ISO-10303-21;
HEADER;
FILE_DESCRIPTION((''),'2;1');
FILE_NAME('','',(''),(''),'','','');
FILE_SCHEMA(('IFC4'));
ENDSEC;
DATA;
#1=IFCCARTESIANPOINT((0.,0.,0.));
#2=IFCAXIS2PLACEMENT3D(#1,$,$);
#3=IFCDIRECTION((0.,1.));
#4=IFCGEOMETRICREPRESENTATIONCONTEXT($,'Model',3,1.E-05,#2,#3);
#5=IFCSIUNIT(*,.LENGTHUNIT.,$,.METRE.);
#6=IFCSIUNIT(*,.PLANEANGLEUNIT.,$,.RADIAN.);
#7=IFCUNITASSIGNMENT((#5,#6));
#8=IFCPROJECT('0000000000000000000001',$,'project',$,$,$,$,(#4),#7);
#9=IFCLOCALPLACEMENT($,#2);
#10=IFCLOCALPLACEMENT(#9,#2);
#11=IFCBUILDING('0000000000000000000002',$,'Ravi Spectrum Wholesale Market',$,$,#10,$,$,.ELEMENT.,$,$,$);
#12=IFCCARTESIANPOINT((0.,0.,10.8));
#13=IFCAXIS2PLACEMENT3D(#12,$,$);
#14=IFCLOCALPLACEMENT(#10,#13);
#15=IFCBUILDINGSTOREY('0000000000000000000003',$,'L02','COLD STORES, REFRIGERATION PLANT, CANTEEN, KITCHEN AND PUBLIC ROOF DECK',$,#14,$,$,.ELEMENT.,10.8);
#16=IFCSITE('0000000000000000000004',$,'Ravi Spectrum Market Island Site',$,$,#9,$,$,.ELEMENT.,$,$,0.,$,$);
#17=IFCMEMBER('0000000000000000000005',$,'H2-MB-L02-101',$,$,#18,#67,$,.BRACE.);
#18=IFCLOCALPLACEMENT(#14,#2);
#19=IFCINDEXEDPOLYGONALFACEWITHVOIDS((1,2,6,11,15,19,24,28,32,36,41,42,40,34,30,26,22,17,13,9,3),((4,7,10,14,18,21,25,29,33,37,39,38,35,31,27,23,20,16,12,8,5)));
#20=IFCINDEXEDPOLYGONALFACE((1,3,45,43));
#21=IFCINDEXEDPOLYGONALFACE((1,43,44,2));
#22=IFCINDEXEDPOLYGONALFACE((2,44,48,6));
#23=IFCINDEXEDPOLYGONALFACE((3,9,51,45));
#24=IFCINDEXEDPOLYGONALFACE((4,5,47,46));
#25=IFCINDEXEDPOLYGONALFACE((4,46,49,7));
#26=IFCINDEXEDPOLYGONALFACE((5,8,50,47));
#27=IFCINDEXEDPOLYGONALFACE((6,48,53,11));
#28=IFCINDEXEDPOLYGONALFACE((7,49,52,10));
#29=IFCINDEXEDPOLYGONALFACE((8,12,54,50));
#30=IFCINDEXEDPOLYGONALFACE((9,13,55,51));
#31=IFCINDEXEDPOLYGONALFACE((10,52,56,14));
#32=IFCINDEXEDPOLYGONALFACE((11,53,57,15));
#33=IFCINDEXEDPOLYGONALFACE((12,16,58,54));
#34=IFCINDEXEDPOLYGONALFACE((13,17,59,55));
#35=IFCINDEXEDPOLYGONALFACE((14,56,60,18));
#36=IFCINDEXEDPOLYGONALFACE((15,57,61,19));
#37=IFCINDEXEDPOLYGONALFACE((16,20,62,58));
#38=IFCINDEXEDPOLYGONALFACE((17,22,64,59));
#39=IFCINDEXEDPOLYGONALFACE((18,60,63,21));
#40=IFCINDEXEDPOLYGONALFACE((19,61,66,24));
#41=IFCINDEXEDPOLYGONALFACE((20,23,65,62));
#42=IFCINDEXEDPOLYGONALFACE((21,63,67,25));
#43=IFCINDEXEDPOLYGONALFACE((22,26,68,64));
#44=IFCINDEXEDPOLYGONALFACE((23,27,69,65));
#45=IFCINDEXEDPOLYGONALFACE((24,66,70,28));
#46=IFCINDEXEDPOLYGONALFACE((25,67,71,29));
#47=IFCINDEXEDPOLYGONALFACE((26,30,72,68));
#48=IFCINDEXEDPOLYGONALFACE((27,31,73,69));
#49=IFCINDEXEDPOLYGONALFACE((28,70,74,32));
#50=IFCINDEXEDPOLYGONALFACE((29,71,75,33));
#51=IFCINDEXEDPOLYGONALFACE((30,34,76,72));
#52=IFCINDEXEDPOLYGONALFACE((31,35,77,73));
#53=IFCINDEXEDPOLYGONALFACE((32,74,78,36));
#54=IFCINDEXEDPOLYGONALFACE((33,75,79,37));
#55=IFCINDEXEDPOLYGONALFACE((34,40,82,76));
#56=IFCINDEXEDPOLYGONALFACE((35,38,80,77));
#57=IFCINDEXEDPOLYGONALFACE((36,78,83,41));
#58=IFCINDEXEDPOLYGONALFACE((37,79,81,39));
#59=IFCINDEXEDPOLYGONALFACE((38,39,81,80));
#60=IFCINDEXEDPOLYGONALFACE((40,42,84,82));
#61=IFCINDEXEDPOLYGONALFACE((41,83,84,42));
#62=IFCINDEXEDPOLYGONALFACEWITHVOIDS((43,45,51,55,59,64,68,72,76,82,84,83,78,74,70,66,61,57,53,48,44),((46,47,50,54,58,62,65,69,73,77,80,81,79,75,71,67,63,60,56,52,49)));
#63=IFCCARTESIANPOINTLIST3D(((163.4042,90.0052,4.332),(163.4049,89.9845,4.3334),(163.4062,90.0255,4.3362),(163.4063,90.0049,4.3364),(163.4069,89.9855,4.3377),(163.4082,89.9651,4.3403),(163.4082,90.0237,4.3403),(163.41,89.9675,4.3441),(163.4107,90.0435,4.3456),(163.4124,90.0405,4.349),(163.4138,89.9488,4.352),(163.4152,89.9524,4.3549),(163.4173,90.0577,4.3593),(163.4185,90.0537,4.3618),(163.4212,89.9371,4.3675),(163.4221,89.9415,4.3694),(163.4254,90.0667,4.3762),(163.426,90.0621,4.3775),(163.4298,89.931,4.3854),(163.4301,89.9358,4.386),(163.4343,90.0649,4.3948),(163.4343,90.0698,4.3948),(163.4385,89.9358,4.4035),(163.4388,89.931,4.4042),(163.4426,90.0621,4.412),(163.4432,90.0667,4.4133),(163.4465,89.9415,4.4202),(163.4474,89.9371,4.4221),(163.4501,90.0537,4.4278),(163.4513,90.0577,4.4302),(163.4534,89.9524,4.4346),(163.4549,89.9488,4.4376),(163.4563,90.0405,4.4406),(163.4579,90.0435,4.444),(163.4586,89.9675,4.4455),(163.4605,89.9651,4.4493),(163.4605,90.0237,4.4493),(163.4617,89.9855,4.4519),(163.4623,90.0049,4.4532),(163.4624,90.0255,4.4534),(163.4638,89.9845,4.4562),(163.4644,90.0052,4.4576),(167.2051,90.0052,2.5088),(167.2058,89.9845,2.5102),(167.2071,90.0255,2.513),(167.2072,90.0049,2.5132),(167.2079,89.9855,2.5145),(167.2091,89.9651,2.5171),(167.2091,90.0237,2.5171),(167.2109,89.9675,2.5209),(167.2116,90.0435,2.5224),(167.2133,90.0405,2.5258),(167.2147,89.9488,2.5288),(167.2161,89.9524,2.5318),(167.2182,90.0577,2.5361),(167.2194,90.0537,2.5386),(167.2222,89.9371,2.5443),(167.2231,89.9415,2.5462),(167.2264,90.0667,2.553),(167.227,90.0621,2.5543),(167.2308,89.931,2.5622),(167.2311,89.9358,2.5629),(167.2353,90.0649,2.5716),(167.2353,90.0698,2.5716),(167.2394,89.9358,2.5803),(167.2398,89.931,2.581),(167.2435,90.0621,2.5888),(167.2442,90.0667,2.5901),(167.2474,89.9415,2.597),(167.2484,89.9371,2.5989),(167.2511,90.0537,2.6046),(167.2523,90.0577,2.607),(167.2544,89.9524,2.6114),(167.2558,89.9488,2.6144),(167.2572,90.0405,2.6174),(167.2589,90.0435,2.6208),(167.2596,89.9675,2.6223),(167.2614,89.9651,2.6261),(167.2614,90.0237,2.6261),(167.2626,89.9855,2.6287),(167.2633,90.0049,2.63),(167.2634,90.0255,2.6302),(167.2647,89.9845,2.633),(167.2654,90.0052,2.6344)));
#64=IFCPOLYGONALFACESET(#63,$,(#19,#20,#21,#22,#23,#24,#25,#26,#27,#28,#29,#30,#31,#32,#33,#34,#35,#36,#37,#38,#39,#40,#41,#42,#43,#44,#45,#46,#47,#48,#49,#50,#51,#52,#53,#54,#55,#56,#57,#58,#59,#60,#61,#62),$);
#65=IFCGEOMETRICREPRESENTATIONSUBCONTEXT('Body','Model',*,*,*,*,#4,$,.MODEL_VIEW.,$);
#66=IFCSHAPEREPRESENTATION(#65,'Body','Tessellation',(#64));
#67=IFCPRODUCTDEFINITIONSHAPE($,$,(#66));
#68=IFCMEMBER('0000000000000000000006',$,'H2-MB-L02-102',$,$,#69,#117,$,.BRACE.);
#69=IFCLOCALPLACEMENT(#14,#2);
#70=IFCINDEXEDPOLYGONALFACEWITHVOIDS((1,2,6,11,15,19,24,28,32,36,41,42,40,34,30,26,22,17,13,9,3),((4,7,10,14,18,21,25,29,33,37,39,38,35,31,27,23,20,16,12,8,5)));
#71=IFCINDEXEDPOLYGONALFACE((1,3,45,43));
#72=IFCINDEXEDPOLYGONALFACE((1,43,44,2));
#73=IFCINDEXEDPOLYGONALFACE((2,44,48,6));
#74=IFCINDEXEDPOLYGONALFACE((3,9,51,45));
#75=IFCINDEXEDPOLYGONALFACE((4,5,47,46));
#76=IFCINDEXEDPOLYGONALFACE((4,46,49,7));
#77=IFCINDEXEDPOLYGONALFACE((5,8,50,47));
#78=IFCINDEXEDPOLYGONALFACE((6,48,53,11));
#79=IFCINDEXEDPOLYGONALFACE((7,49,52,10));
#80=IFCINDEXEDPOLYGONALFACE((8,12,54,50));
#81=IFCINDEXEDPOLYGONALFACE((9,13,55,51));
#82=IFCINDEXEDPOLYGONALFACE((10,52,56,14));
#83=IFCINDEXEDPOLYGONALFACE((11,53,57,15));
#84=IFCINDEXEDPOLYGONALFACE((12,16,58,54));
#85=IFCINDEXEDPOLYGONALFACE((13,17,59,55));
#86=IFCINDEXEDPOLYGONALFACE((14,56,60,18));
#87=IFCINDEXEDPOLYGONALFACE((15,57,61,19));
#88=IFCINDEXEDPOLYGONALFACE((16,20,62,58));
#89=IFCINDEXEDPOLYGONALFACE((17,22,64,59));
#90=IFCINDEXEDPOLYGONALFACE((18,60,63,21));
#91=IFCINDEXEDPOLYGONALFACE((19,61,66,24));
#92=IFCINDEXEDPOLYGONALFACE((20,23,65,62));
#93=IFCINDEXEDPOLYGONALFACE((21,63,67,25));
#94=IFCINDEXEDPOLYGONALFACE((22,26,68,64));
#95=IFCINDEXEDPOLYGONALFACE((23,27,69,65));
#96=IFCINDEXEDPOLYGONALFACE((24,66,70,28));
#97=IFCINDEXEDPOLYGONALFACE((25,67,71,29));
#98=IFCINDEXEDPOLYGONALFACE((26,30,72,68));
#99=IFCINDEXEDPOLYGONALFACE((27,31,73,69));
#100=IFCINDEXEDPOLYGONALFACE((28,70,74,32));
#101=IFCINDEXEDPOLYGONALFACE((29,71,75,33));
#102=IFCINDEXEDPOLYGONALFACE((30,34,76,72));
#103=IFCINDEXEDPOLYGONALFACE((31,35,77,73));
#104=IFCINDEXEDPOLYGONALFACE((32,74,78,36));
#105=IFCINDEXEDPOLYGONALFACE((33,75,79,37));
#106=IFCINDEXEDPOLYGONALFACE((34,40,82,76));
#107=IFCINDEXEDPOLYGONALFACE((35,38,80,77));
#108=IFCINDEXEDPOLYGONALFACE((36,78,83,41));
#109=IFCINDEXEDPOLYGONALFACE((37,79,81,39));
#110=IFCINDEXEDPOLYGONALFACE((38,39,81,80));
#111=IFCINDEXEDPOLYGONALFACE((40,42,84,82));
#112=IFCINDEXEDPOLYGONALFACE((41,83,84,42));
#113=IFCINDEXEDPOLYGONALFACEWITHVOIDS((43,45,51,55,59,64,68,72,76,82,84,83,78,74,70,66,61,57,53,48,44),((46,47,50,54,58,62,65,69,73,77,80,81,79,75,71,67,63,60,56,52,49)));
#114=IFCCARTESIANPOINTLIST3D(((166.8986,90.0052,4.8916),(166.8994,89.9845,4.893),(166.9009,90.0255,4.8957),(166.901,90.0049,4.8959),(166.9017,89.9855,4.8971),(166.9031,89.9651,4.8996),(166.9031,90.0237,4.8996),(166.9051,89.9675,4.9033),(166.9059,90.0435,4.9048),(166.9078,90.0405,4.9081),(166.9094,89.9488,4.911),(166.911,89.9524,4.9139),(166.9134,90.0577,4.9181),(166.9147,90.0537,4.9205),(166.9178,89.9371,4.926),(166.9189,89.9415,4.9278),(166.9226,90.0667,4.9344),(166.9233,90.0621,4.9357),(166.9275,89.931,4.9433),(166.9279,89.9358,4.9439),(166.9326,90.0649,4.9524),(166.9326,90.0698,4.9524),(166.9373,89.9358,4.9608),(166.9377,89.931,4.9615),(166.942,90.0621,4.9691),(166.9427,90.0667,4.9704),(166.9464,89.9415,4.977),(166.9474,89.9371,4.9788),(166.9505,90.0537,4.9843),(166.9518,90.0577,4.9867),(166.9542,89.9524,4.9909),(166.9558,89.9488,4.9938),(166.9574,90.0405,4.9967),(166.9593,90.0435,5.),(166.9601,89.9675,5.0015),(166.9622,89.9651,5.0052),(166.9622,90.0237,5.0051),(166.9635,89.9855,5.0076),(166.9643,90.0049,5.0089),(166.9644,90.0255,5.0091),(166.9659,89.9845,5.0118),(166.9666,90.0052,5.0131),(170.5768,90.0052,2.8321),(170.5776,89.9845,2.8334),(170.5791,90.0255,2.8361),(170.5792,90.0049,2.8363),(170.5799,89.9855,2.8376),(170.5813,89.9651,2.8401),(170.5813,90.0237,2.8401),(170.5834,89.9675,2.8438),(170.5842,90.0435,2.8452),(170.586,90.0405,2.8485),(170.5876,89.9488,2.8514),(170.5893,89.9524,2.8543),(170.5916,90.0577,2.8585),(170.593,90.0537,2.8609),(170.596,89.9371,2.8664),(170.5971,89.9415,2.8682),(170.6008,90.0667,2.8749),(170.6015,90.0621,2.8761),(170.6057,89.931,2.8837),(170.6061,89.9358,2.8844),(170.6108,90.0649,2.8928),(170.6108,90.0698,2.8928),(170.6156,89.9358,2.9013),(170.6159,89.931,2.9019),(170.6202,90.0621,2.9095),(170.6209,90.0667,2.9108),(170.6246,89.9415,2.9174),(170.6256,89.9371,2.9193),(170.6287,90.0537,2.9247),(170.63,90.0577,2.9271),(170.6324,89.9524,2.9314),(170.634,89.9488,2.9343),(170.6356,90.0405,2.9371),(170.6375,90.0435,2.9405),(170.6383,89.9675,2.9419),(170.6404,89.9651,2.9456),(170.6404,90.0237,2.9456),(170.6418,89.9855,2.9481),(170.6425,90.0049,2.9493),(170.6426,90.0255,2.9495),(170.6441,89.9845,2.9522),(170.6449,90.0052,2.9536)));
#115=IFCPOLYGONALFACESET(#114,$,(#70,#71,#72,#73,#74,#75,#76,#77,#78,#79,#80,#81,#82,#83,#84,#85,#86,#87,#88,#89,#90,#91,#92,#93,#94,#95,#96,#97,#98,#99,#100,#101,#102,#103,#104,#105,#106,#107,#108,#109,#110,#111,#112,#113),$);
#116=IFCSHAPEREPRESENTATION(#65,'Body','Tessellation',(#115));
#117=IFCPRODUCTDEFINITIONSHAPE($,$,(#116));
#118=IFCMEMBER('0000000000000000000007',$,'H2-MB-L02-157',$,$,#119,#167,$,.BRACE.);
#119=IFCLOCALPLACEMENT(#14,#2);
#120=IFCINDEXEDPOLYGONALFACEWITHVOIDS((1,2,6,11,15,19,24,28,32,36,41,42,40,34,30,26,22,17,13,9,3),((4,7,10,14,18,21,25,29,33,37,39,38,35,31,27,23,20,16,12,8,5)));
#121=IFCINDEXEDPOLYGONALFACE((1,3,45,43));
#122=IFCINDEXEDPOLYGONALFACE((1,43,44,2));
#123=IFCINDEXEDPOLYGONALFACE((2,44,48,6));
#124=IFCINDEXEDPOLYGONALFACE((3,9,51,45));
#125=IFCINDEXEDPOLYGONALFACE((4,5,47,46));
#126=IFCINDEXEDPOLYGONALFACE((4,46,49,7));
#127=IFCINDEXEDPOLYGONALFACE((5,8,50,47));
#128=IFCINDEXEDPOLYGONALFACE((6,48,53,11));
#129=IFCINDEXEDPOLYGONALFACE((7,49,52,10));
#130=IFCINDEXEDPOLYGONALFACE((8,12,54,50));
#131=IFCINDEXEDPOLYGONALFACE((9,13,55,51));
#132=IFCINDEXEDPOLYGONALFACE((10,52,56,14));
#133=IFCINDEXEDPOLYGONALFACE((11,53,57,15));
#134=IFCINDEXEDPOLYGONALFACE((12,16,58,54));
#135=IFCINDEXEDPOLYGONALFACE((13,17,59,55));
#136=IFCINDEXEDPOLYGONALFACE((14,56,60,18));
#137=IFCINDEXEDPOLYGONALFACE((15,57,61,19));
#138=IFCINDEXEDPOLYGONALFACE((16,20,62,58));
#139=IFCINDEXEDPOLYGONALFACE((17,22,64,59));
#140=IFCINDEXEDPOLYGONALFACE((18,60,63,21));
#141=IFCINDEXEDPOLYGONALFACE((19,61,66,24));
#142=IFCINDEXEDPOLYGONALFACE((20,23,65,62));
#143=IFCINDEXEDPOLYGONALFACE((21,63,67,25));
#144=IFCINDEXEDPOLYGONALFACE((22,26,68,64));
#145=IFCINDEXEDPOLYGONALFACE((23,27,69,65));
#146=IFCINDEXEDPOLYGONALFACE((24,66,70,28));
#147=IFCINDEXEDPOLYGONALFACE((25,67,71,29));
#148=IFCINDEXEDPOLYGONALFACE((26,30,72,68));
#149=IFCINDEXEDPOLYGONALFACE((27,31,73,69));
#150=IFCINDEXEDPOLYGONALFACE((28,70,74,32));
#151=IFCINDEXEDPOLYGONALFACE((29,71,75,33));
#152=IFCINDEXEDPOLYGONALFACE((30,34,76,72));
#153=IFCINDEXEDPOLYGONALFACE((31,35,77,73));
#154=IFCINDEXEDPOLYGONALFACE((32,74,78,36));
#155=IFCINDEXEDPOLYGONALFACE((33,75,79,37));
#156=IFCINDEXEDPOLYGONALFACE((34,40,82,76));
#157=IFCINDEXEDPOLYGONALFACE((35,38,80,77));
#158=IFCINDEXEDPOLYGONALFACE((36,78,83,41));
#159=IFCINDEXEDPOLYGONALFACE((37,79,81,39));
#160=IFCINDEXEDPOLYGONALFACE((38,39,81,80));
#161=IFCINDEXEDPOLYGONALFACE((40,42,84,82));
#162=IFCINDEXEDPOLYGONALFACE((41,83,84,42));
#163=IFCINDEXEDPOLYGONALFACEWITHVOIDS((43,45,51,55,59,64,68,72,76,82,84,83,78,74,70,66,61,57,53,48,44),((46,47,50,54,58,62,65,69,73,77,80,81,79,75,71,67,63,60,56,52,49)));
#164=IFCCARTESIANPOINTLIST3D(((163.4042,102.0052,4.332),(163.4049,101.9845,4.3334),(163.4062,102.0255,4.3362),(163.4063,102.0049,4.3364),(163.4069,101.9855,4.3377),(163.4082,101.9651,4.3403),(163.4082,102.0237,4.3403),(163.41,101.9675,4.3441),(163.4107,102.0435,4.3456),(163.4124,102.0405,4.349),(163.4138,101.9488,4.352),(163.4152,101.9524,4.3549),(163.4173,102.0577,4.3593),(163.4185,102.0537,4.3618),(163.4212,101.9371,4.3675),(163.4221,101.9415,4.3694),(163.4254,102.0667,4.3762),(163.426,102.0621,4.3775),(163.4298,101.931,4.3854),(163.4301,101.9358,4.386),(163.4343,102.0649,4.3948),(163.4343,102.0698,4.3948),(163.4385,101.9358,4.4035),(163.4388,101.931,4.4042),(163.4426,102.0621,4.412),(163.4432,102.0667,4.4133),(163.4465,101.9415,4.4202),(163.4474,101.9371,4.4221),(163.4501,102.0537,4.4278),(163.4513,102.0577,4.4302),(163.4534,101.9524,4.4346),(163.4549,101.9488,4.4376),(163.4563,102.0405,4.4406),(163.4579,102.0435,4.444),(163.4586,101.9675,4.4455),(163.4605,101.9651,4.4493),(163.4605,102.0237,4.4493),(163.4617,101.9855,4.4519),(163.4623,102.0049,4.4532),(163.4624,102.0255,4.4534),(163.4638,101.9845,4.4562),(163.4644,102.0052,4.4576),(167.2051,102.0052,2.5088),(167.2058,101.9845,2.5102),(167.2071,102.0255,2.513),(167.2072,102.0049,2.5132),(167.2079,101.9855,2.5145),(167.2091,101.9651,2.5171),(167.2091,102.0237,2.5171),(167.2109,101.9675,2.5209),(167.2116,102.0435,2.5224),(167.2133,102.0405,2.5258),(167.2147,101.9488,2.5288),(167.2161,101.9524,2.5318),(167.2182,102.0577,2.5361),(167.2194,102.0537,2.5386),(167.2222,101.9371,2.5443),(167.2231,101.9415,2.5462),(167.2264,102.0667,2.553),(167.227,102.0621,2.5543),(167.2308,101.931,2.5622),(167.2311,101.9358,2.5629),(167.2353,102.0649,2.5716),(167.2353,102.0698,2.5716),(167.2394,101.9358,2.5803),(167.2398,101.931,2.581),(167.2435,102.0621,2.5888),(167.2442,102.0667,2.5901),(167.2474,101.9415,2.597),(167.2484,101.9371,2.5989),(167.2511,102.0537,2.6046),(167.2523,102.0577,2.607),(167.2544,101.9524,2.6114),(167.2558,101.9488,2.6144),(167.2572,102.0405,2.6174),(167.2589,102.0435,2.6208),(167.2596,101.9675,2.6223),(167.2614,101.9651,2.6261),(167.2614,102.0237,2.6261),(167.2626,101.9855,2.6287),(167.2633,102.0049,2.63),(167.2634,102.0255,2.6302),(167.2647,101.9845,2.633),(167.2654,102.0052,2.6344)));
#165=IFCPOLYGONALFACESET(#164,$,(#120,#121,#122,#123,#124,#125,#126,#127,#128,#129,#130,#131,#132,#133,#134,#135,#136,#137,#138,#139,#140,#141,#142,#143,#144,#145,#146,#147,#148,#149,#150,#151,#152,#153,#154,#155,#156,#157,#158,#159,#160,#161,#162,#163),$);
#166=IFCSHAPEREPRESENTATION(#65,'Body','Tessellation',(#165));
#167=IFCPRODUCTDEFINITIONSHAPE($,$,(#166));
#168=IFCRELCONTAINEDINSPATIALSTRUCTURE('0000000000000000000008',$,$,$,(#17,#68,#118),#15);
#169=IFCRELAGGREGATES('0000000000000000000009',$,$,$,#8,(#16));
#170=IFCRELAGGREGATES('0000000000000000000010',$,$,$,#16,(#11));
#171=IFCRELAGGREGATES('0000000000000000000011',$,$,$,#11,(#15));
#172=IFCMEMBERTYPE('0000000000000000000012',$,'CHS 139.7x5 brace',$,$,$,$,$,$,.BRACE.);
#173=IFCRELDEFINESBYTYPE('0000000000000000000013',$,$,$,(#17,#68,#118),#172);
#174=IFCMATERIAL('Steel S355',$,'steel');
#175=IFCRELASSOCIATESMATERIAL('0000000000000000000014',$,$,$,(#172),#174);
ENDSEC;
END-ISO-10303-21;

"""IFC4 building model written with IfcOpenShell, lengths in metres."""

from ifc_helpers import new_model, si_unit, direction, frame, origin, origin_2d, place, context, subcontext, project, spatial, hollow_circle, extrude, material, material_profile, profile_set, type_object, element, save


model = new_model("IFC4")

# Units and contexts
model_context = context("Model", 3, precision=1e-05, world=origin(), true_north=direction((0.0, 1.0)))
body_context = subcontext(model_context, "Body", "Model", "MODEL_VIEW")
ifc_project = project(units=[si_unit("LENGTHUNIT", "METRE"), si_unit("PLANEANGLEUNIT", "RADIAN")], contexts=[model_context])

# Site, building, storey
site_placement = place(None, origin())
site = spatial("IfcSite", under=ifc_project, at=site_placement, Name="Ravi Spectrum Market Island Site", CompositionType="ELEMENT", RefElevation=0.0)
building_placement = place(site_placement, origin())
building = spatial("IfcBuilding", under=site, at=building_placement, Name="Ravi Spectrum Wholesale Market", CompositionType="ELEMENT")
storey_placement = place(building_placement, frame((0.0, 0.0, 10.8)))
storey = spatial("IfcBuildingStorey", under=building, at=storey_placement, Name="L02", Description="COLD STORES, REFRIGERATION PLANT, CANTEEN, KITCHEN AND PUBLIC ROOF DECK", CompositionType="ELEMENT", Elevation=10.8)

# Members
ifc_material_1 = material(Name="Steel S355", Category="steel")
ifc_material_profile_1 = material_profile(ifc_material_1, hollow_circle(Radius=0.0698, WallThickness=0.0049, at=origin_2d()))
ifc_profile_set_1 = profile_set([ifc_material_profile_1], Name="Steel S355")
member_type_1 = type_object("IfcMemberType", Name="CHS 139.7x5 brace", PredefinedType="BRACE", material=ifc_profile_set_1)
for number, where, z_axis, x_axis, name in (
    (1, (163.4343, 90.0, 4.3948), (0.901639, 0.0, -0.43249), (0.0, 1.0, 0.0), "H2-MB-L02-101"),
    (2, (166.9326, 90.0, 4.9524), (0.87253, 0.0, -0.488561), (0.0, 1.0, 0.0), "H2-MB-L02-102"),
    (3, (163.4343, 102.0, 4.3948), (0.901639, 0.0, -0.43249), (0.0, 1.0, 0.0), "H2-MB-L02-157"),
):
    element("IfcMember", number, at=place(storey_placement, frame(where, z_axis=z_axis, x_axis=x_axis)), inside=storey, type_object=member_type_1, Name=name, PredefinedType="BRACE", context=body_context, shape_type="SweptSolid", body=[
        extrude(hollow_circle(Radius=0.0698, WallThickness=0.0049, at=origin_2d()), origin(), (0.0, 0.0, 1.0), 4.2156),
    ])

save(model, "model.ifc")
